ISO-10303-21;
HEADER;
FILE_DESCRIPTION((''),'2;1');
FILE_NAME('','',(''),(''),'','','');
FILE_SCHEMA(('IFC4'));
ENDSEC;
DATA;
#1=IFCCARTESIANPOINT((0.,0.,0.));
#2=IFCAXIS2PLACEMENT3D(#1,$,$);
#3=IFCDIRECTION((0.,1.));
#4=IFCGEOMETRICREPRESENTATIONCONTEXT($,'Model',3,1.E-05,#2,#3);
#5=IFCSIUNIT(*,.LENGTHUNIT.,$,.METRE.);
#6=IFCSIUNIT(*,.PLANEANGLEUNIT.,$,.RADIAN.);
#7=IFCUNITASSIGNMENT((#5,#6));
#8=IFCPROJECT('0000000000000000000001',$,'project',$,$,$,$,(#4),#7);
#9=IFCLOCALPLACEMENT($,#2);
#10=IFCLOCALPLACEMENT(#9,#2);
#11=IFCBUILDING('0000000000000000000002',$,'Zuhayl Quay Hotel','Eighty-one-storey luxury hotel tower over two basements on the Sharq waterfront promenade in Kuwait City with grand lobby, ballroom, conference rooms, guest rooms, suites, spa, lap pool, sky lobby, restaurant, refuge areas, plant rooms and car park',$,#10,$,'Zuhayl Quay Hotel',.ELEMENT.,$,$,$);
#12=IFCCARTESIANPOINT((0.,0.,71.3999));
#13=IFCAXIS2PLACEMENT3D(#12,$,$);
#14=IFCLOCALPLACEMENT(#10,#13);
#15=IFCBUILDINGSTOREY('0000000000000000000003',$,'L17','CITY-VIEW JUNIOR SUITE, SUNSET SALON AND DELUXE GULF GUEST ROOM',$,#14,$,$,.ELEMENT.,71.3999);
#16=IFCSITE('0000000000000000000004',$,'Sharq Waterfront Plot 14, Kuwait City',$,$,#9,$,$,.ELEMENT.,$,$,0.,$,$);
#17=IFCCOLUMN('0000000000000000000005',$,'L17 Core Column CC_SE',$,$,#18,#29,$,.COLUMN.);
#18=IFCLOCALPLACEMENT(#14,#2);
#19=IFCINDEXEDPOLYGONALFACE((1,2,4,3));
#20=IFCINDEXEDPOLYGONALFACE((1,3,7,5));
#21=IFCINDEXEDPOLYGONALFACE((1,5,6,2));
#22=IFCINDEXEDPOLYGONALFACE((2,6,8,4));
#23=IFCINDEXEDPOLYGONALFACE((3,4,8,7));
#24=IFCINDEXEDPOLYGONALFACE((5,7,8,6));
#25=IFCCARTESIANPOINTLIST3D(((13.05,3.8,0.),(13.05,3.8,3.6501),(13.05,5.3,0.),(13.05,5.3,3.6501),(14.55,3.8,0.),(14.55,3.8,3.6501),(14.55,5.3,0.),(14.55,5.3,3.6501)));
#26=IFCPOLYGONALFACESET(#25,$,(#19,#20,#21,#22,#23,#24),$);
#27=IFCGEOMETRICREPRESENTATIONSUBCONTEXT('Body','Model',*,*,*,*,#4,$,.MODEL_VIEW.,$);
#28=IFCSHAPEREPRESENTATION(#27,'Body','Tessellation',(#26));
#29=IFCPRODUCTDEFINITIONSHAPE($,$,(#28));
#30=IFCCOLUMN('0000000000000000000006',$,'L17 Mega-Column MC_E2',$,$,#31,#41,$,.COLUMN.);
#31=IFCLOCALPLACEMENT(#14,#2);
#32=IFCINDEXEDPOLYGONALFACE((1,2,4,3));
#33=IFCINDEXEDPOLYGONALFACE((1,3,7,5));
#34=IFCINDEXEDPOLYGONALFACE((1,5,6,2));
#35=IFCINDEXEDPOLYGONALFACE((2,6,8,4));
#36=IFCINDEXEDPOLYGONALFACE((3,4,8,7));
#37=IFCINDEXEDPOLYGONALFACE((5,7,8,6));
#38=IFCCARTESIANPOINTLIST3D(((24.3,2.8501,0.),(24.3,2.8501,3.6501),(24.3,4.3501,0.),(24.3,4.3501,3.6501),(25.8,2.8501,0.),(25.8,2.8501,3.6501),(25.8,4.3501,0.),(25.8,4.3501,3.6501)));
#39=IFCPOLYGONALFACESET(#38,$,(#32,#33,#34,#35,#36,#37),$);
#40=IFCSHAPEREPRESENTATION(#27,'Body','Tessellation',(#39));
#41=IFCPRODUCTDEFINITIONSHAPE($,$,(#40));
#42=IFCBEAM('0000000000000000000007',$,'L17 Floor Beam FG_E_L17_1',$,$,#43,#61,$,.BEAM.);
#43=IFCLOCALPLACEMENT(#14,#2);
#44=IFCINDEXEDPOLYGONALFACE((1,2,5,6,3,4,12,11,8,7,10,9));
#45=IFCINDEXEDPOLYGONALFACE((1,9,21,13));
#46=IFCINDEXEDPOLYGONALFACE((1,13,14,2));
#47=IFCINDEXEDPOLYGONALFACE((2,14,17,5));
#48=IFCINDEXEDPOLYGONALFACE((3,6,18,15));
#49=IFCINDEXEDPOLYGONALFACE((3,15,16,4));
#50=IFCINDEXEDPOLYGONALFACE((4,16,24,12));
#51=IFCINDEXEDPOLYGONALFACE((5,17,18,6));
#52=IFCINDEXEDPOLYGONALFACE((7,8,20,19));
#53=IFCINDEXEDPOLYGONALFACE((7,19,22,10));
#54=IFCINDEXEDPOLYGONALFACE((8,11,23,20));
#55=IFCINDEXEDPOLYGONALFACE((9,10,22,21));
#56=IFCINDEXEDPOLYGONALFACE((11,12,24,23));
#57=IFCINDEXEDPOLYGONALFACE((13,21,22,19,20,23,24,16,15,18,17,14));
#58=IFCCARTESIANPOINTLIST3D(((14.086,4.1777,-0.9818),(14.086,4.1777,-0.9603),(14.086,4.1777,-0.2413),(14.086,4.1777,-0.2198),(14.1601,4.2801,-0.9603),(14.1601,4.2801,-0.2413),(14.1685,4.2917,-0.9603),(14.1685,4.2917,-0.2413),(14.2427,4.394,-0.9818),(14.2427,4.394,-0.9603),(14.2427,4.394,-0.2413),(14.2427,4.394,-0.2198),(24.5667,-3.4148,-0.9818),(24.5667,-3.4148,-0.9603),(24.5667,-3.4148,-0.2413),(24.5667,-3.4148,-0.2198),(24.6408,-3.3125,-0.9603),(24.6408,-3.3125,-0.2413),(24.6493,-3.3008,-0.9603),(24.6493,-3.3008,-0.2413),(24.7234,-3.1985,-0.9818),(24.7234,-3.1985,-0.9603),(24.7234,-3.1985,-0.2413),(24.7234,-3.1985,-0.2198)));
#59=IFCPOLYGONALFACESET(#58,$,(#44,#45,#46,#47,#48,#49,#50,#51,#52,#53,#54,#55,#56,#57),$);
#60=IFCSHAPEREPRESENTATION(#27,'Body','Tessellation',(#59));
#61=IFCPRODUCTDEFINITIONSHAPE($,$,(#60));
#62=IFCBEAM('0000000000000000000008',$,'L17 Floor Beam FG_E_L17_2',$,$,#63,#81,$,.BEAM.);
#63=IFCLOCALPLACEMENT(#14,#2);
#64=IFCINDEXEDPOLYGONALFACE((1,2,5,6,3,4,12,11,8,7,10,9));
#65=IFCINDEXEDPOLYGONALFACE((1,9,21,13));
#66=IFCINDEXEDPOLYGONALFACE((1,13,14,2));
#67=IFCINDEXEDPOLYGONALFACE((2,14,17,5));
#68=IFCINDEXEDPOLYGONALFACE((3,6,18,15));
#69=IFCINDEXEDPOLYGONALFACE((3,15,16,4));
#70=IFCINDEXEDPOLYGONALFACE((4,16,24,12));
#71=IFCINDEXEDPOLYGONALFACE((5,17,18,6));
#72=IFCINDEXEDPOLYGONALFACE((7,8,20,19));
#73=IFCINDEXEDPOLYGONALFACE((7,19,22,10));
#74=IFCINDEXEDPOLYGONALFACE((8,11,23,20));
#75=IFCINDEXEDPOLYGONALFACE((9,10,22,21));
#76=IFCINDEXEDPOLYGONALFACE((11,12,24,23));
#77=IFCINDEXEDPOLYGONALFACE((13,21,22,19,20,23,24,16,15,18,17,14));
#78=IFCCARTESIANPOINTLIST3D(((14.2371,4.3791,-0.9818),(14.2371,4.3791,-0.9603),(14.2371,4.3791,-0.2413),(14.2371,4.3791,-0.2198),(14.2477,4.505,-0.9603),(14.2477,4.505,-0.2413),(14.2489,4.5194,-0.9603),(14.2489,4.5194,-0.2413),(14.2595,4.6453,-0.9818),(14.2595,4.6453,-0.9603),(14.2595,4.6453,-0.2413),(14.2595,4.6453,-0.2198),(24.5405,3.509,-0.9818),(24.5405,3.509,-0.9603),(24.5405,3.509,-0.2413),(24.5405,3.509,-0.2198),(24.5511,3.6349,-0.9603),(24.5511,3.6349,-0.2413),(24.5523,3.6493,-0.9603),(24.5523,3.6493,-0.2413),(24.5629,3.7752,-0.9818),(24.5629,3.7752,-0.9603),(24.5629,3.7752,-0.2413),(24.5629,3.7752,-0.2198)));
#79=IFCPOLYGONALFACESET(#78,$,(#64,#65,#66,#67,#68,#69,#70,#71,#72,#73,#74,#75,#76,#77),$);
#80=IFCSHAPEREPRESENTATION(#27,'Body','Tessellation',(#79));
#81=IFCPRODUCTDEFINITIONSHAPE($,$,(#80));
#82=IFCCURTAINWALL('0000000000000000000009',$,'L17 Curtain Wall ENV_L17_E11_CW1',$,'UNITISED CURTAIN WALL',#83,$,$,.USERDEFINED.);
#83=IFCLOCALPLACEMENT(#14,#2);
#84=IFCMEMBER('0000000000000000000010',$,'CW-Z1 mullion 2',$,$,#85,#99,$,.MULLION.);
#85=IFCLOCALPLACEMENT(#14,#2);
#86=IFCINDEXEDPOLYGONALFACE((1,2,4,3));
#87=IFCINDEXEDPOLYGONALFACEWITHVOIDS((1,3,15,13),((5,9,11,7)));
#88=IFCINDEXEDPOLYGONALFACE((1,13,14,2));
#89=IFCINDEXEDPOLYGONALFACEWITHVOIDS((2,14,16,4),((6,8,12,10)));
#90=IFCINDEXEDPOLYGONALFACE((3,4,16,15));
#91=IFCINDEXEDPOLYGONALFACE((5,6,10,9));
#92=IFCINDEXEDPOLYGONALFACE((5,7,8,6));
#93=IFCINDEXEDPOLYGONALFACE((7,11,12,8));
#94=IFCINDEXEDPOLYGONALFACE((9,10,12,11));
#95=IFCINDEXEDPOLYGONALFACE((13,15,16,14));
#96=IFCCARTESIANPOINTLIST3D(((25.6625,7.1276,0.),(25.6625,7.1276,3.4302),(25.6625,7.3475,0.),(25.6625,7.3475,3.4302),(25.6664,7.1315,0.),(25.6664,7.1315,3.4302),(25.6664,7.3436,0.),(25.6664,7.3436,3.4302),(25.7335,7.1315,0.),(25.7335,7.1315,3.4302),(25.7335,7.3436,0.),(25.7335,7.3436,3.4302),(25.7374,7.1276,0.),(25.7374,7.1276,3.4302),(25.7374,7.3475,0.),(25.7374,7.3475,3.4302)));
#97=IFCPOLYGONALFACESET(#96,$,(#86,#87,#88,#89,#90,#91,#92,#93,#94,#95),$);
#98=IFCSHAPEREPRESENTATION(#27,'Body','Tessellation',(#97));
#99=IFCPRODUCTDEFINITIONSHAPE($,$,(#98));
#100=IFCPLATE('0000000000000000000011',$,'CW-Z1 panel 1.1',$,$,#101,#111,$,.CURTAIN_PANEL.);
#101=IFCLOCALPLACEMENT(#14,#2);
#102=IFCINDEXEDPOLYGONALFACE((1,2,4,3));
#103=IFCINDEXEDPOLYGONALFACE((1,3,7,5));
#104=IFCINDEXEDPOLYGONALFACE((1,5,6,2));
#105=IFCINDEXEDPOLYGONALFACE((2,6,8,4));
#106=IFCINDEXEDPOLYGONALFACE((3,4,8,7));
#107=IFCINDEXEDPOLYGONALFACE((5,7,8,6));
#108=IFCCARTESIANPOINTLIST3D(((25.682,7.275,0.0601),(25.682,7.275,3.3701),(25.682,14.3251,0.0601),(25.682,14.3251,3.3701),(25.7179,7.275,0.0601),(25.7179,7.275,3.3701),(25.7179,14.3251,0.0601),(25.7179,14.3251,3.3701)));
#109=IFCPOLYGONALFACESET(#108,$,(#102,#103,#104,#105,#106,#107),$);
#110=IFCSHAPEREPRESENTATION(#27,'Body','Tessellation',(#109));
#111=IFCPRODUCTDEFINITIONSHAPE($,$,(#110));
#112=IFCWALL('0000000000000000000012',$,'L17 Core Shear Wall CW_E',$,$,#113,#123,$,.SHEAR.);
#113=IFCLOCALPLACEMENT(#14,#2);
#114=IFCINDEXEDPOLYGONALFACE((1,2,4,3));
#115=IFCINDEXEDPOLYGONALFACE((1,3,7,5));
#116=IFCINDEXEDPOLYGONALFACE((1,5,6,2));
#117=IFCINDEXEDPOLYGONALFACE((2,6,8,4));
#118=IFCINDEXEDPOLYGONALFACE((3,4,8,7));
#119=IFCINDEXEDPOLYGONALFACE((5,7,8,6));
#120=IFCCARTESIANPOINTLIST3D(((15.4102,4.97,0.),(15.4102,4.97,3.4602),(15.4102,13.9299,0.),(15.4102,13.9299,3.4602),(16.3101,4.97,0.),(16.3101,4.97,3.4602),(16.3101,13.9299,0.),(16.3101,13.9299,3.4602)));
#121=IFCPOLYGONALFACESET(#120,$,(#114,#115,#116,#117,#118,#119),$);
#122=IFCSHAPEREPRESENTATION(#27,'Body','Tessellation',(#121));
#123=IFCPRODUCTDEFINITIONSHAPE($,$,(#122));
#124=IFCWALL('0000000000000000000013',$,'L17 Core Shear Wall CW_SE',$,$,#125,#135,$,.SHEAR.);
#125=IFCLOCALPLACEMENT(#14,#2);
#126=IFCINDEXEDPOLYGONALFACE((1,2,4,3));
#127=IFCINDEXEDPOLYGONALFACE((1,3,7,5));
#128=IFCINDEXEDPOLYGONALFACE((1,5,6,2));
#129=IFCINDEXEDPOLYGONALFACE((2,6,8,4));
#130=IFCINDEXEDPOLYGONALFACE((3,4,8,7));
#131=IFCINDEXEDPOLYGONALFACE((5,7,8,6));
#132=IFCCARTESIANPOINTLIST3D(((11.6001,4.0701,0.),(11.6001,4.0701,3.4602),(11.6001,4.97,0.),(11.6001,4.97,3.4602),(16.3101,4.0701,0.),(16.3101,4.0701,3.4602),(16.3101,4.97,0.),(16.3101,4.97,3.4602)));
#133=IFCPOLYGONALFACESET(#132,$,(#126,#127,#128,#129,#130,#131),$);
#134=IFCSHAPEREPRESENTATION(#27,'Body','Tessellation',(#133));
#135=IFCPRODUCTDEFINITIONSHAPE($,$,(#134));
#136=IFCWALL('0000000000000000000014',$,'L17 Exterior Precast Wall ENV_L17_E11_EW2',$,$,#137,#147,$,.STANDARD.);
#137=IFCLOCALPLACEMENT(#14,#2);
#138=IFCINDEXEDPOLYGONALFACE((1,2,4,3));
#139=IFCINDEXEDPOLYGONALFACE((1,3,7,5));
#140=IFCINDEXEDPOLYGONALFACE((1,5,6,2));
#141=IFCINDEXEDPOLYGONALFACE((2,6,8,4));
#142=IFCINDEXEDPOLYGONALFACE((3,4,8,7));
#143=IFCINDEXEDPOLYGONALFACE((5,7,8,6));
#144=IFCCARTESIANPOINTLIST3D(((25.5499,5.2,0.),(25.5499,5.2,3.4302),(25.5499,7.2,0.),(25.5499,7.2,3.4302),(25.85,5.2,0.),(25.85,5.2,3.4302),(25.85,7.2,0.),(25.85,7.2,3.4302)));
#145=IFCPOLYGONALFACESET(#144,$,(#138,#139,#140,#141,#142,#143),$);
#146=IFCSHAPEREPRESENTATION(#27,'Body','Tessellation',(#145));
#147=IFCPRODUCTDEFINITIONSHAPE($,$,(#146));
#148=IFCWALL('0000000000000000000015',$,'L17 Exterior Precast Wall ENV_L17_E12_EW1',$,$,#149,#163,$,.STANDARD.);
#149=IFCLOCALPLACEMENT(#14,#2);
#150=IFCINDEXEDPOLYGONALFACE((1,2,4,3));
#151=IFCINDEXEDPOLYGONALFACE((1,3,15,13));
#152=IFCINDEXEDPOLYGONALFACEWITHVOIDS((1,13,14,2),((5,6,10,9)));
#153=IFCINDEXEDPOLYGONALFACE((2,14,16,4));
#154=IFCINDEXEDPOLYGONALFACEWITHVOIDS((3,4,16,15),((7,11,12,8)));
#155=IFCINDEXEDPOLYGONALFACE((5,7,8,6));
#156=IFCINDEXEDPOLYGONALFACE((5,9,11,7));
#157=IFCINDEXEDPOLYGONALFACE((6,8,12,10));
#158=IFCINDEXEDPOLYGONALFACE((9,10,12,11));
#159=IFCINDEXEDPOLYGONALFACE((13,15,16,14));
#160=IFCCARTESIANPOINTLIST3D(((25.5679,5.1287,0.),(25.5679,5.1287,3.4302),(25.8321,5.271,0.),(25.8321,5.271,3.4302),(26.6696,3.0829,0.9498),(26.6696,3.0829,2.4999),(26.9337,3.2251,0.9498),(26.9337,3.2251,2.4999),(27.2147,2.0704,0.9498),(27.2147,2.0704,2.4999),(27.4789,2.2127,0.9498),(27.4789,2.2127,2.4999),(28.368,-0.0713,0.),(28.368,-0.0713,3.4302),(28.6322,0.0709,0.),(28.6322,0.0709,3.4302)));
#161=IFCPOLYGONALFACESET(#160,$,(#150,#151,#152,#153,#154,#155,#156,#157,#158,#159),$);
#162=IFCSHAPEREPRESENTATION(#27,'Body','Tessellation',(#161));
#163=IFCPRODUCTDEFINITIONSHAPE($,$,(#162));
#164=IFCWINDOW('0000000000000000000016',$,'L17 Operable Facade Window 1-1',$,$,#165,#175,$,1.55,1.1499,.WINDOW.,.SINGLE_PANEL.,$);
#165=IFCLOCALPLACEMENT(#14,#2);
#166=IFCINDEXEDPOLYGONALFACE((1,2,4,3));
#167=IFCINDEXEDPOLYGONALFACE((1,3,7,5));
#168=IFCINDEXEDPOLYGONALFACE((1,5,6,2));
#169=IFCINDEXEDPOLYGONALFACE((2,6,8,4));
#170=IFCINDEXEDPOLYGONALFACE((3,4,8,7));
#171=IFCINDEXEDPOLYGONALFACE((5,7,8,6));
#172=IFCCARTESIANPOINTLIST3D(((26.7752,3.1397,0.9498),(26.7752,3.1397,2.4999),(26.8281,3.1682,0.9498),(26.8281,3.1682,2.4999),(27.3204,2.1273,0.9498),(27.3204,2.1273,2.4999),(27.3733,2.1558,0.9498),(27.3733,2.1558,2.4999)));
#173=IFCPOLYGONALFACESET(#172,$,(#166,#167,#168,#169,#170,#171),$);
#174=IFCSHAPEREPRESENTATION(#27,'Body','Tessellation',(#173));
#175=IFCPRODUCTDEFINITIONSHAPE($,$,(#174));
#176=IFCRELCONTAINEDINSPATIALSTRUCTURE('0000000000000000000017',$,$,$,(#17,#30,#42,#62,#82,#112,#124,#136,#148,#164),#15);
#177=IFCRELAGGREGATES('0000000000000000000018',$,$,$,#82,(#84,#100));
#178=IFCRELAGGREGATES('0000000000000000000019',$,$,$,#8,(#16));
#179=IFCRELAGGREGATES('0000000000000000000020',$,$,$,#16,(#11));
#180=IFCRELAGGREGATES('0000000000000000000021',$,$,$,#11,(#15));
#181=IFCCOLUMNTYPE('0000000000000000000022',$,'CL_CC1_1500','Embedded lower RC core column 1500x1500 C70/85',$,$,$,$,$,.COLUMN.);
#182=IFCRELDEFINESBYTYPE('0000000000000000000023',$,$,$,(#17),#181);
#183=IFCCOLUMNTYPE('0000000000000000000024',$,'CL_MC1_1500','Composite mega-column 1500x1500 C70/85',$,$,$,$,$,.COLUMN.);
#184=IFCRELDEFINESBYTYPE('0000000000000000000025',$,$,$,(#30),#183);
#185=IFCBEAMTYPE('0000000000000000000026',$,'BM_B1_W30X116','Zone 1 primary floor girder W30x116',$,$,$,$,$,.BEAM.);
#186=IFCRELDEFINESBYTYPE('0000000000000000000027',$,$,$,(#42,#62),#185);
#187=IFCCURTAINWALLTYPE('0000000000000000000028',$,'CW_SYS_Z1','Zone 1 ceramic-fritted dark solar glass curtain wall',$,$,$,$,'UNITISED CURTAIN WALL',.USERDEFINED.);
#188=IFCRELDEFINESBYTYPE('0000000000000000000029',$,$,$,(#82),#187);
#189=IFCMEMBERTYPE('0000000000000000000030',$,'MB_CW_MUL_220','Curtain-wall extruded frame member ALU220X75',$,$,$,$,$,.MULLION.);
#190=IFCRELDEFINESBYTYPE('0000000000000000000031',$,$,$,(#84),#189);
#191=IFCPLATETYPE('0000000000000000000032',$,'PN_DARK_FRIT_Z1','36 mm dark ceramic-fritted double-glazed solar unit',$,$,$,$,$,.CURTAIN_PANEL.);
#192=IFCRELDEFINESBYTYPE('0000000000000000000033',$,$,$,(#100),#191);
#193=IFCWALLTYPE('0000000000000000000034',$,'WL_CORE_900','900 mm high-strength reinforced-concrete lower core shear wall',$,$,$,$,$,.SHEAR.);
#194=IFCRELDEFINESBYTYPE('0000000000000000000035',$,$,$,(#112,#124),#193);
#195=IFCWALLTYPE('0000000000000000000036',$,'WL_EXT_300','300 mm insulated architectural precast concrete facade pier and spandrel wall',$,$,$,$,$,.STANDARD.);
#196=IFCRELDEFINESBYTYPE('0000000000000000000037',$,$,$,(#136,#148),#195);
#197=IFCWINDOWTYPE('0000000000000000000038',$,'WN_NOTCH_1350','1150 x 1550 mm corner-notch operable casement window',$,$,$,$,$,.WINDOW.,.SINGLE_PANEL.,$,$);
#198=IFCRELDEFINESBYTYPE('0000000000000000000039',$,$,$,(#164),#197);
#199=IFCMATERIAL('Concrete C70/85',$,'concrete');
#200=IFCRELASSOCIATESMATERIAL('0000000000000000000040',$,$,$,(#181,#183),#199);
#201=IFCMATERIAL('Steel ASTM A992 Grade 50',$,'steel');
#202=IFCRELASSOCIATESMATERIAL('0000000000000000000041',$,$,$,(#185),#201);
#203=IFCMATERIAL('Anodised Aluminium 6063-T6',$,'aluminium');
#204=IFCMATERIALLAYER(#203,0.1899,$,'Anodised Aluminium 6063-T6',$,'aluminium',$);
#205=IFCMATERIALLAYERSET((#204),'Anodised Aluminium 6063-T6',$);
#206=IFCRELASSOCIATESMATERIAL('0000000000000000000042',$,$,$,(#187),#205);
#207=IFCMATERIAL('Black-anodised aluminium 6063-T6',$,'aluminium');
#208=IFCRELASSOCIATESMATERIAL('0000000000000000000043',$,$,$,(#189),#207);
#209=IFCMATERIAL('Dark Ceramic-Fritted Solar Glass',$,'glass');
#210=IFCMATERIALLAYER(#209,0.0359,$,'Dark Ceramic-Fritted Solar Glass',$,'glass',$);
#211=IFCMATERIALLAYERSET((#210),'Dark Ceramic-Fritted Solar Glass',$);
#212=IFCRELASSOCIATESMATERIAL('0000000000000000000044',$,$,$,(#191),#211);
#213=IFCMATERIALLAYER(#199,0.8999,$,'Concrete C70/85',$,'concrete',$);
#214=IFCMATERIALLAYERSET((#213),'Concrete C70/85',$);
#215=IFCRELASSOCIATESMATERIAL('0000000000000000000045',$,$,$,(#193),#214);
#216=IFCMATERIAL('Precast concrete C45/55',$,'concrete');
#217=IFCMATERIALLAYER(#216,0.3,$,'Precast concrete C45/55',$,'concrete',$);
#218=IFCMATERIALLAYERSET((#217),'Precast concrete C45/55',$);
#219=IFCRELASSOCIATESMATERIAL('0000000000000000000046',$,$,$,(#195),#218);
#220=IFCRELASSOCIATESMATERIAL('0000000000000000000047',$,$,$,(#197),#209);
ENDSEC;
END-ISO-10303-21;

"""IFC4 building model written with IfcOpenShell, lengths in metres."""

from ifc_helpers import new_model, si_unit, direction, frame, frame_2d, origin, origin_2d, place, context, subcontext, project, spatial, rectangle, hollow_rectangle, i_section, extrude, material, layer, layer_set, material_profile, profile_set, type_object, element, fill, aggregate, save


model = new_model("IFC4")

# Units and contexts
model_context = context("Model", 3, precision=1e-05, world=origin(), true_north=direction((0.0, 1.0)))
body_context = subcontext(model_context, "Body", "Model", "MODEL_VIEW")
ifc_project = project(units=[si_unit("LENGTHUNIT", "METRE"), si_unit("PLANEANGLEUNIT", "RADIAN")], contexts=[model_context])

# Site, building, storey
site_placement = place(None, origin())
site = spatial("IfcSite", under=ifc_project, at=site_placement, Name="Sharq Waterfront Plot 14, Kuwait City", CompositionType="ELEMENT", RefElevation=0.0)
building_placement = place(site_placement, origin())
building = spatial("IfcBuilding", under=site, at=building_placement, Name="Zuhayl Quay Hotel", Description="Eighty-one-storey luxury hotel tower over two basements on the Sharq waterfront promenade in Kuwait City with grand lobby, ballroom, conference rooms, guest rooms, suites, spa, lap pool, sky lobby, restaurant, refuge areas, plant rooms and car park", LongName="Zuhayl Quay Hotel", CompositionType="ELEMENT")
storey_placement = place(building_placement, frame((0.0, 0.0, 71.3999)))
storey = spatial("IfcBuildingStorey", under=building, at=storey_placement, Name="L17", Description="CITY-VIEW JUNIOR SUITE, SUNSET SALON AND DELUXE GULF GUEST ROOM", CompositionType="ELEMENT", Elevation=71.3999)

# Columns
ifc_material_1 = material(Name="Concrete C70/85", Category="concrete")
ifc_material_profile_1 = material_profile(ifc_material_1, rectangle(XDim=1.5, YDim=1.5, at=origin_2d()), Name="RC1500X1500")
ifc_profile_set_1 = profile_set([ifc_material_profile_1], Name="Concrete C70/85")
column_type_1 = type_object("IfcColumnType", Name="CL_CC1_1500", Description="Embedded lower RC core column 1500x1500 C70/85", PredefinedType="COLUMN", material=ifc_profile_set_1)
column_1_placement = place(storey_placement, frame((13.8, 4.55, 0.0), z_axis=(0.0, 0.0, 1.0), x_axis=(1.0, 0.0, 0.0)))
element("IfcColumn", 1, at=column_1_placement, inside=storey, type_object=column_type_1, Name="L17 Core Column CC_SE", PredefinedType="COLUMN", context=body_context, shape_type="SweptSolid", body=[
    extrude(rectangle(XDim=1.5, YDim=1.5, at=origin_2d()), origin(), (0.0, 0.0, 1.0), 3.6501),
])
ifc_material_profile_2 = material_profile(ifc_material_1, rectangle(XDim=1.5, YDim=1.5, at=origin_2d()), Name="RC1500X1500")
ifc_profile_set_2 = profile_set([ifc_material_profile_2], Name="Concrete C70/85")
column_type_2 = type_object("IfcColumnType", Name="CL_MC1_1500", Description="Composite mega-column 1500x1500 C70/85", PredefinedType="COLUMN", material=ifc_profile_set_2)
column_2_placement = place(storey_placement, frame((25.05, 3.6001, 0.0), z_axis=(0.0, 0.0, 1.0), x_axis=(1.0, 0.0, 0.0)))
element("IfcColumn", 2, at=column_2_placement, inside=storey, type_object=column_type_2, Name="L17 Mega-Column MC_E2", PredefinedType="COLUMN", context=body_context, shape_type="SweptSolid", body=[
    extrude(rectangle(XDim=1.5, YDim=1.5, at=origin_2d()), origin(), (0.0, 0.0, 1.0), 3.6501),
])

# Beams
ifc_material_2 = material(Name="Steel ASTM A992 Grade 50", Category="steel")
ifc_material_profile_3 = material_profile(ifc_material_2, i_section(OverallWidth=0.2671, OverallDepth=0.762, WebThickness=0.0144, FlangeThickness=0.0215, at=origin_2d()), Name="W30X116")
ifc_profile_set_3 = profile_set([ifc_material_profile_3], Name="Steel ASTM A992 Grade 50")
beam_type = type_object("IfcBeamType", Name="BM_B1_W30X116", Description="Zone 1 primary floor girder W30x116", PredefinedType="BEAM", material=ifc_profile_set_3)
beam_1_placement = place(storey_placement, frame((14.1643, 4.2859, -0.6008), z_axis=(0.80983, -0.586664, 0.0), x_axis=(0.586664, 0.80983, 0.0)))
element("IfcBeam", 3, at=beam_1_placement, inside=storey, type_object=beam_type, Name="L17 Floor Beam FG_E_L17_1", PredefinedType="BEAM", context=body_context, shape_type="SweptSolid", body=[
    extrude(i_section(OverallWidth=0.2671, OverallDepth=0.762, WebThickness=0.0144, FlangeThickness=0.0215, at=origin_2d()), origin(), (0.0, 0.0, 1.0), 12.9419),
])
beam_2_placement = place(storey_placement, frame((14.2483, 4.5122, -0.6008), z_axis=(0.996453, -0.084149, 0.0), x_axis=(0.084149, 0.996453, 0.0)))
element("IfcBeam", 4, at=beam_2_placement, inside=storey, type_object=beam_type, Name="L17 Floor Beam FG_E_L17_2", PredefinedType="BEAM", context=body_context, shape_type="SweptSolid", body=[
    extrude(i_section(OverallWidth=0.2671, OverallDepth=0.762, WebThickness=0.0144, FlangeThickness=0.0215, at=origin_2d()), origin(), (0.0, 0.0, 1.0), 10.3401),
])

# Curtain wall, member, plate
ifc_material_3 = material(Name="Anodised Aluminium 6063-T6", Category="aluminium")
ifc_layer_1 = layer(ifc_material_3, 0.1899, Name="Anodised Aluminium 6063-T6", Category="aluminium")
ifc_layer_set_1 = layer_set([ifc_layer_1], Name="Anodised Aluminium 6063-T6")
curtain_wall_type = type_object("IfcCurtainWallType", Name="CW_SYS_Z1", Description="Zone 1 ceramic-fritted dark solar glass curtain wall", ElementType="UNITISED CURTAIN WALL", PredefinedType="USERDEFINED", material=ifc_layer_set_1)
curtain_wall_placement = place(storey_placement, origin())
curtain_wall = element("IfcCurtainWall", 5, at=curtain_wall_placement, inside=storey, type_object=curtain_wall_type, Name="L17 Curtain Wall ENV_L17_E11_CW1", ObjectType="UNITISED CURTAIN WALL", PredefinedType="USERDEFINED")
ifc_material_4 = material(Name="Black-anodised aluminium 6063-T6", Category="aluminium")
ifc_material_profile_4 = material_profile(ifc_material_4, hollow_rectangle(XDim=0.075, YDim=0.22, WallThickness=0.0039, at=origin_2d()), Name="ALU220X75")
ifc_profile_set_4 = profile_set([ifc_material_profile_4], Name="Black-anodised aluminium 6063-T6")
member_type = type_object("IfcMemberType", Name="MB_CW_MUL_220", Description="Curtain-wall extruded frame member ALU220X75", PredefinedType="MULLION", material=ifc_profile_set_4)
member_placement = place(storey_placement, frame((25.7, 7.2375, 0.0), z_axis=(0.0, 0.0, 1.0), x_axis=(1.0, 0.0, 0.0)))
member = element("IfcMember", 6, at=member_placement, type_object=member_type, Name="CW-Z1 mullion 2", PredefinedType="MULLION", context=body_context, shape_type="SweptSolid", body=[
    extrude(hollow_rectangle(XDim=0.075, YDim=0.22, WallThickness=0.0039, at=origin_2d()), origin(), (0.0, 0.0, 1.0), 3.4302),
])
ifc_material_5 = material(Name="Dark Ceramic-Fritted Solar Glass", Category="glass")
ifc_layer_2 = layer(ifc_material_5, 0.0359, Name="Dark Ceramic-Fritted Solar Glass", Category="glass")
ifc_layer_set_2 = layer_set([ifc_layer_2], Name="Dark Ceramic-Fritted Solar Glass")
plate_type = type_object("IfcPlateType", Name="PN_DARK_FRIT_Z1", Description="36 mm dark ceramic-fritted double-glazed solar unit", PredefinedType="CURTAIN_PANEL", material=ifc_layer_set_2)
plate_placement = place(storey_placement, frame((25.7, 10.8, 0.0601), z_axis=(0.0, 0.0, 1.0), x_axis=(0.0, -1.0, 0.0)))
plate = element("IfcPlate", 7, at=plate_placement, type_object=plate_type, Name="CW-Z1 panel 1.1", PredefinedType="CURTAIN_PANEL", context=body_context, shape_type="SweptSolid", body=[
    extrude(rectangle(XDim=7.05, YDim=0.0359, at=origin_2d()), origin(), (0.0, 0.0, 1.0), 3.3101),
])
aggregate(curtain_wall, [member, plate])

# Walls
ifc_layer_3 = layer(ifc_material_1, 0.8999, Name="Concrete C70/85", Category="concrete")
ifc_layer_set_3 = layer_set([ifc_layer_3], Name="Concrete C70/85")
wall_type_1 = type_object("IfcWallType", Name="WL_CORE_900", Description="900 mm high-strength reinforced-concrete lower core shear wall", PredefinedType="SHEAR", material=ifc_layer_set_3)
wall_1_placement = place(storey_placement, frame((15.8601, 4.97, 0.0), z_axis=(0.0, 0.0, 1.0), x_axis=(0.0, 1.0, 0.0)))
element("IfcWall", 8, at=wall_1_placement, inside=storey, type_object=wall_type_1, Name="L17 Core Shear Wall CW_E", PredefinedType="SHEAR", context=body_context, shape_type="SweptSolid", body=[
    extrude(rectangle(XDim=8.96, YDim=0.8999, at=frame_2d((4.48, 0.0))), origin(), (0.0, 0.0, 1.0), 3.4602),
])
wall_2_placement = place(storey_placement, frame((11.6001, 4.52, 0.0), z_axis=(0.0, 0.0, 1.0), x_axis=(1.0, 0.0, 0.0)))
element("IfcWall", 9, at=wall_2_placement, inside=storey, type_object=wall_type_1, Name="L17 Core Shear Wall CW_SE", PredefinedType="SHEAR", context=body_context, shape_type="SweptSolid", body=[
    extrude(rectangle(XDim=4.71, YDim=0.8999, at=frame_2d((2.355, 0.0))), origin(), (0.0, 0.0, 1.0), 3.4602),
])
ifc_material_6 = material(Name="Precast concrete C45/55", Category="concrete")
ifc_layer_4 = layer(ifc_material_6, 0.3, Name="Precast concrete C45/55", Category="concrete")
ifc_layer_set_4 = layer_set([ifc_layer_4], Name="Precast concrete C45/55")
wall_type_2 = type_object("IfcWallType", Name="WL_EXT_300", Description="300 mm insulated architectural precast concrete facade pier and spandrel wall", PredefinedType="STANDARD", material=ifc_layer_set_4)
wall_3_placement = place(storey_placement, frame((25.7, 7.2, 0.0), z_axis=(0.0, 0.0, 1.0), x_axis=(0.0, -1.0, 0.0)))
element("IfcWall", 10, at=wall_3_placement, inside=storey, type_object=wall_type_2, Name="L17 Exterior Precast Wall ENV_L17_E11_EW2", PredefinedType="STANDARD", context=body_context, shape_type="SweptSolid", body=[
    extrude(rectangle(XDim=2.0, YDim=0.3, at=frame_2d((1.0, 0.0))), origin(), (0.0, 0.0, 1.0), 3.4302),
])

# Wall, opening, window
wall_4_placement = place(storey_placement, frame((25.7, 5.2, 0.0), z_axis=(0.0, 0.0, 1.0), x_axis=(0.47411, -0.880466, 0.0)))
wall_4 = element("IfcWall", 11, at=wall_4_placement, inside=storey, type_object=wall_type_2, Name="L17 Exterior Precast Wall ENV_L17_E12_EW1", PredefinedType="STANDARD", context=body_context, shape_type="SweptSolid", body=[
    extrude(rectangle(XDim=5.906, YDim=0.3, at=frame_2d((2.9531, 0.0))), origin(), (0.0, 0.0, 1.0), 3.4302),
])
opening_1_placement = place(wall_4_placement, frame((2.3237, 0.0, 0.95)))
opening_1 = element("IfcOpeningElement", 12, at=opening_1_placement, cuts=wall_4, PredefinedType="OPENING", context=body_context, shape_type="SweptSolid", body=[
    extrude(rectangle(XDim=1.1499, YDim=1.55, at=frame_2d((0.575, 0.7749))), frame((0.0, 0.1599, 0.0), z_axis=(0.0, -1.0, 0.0), x_axis=(1.0, 0.0, 0.0)), (0.0, 0.0, 1.0), 0.3201),
])
window_type = type_object("IfcWindowType", Name="WN_NOTCH_1350", Description="1150 x 1550 mm corner-notch operable casement window", PartitioningType="SINGLE_PANEL", PredefinedType="WINDOW", material=ifc_material_5)
window_placement = place(opening_1_placement, origin())
window = element("IfcWindow", 13, at=window_placement, inside=storey, type_object=window_type, Name="L17 Operable Facade Window 1-1", OverallHeight=1.55, OverallWidth=1.1499, PartitioningType="SINGLE_PANEL", PredefinedType="WINDOW", context=body_context, shape_type="SweptSolid", body=[
    extrude(rectangle(XDim=1.1499, YDim=1.55, at=frame_2d((0.575, 0.7749))), frame((0.0, 0.03, 0.0), z_axis=(0.0, -1.0, 0.0), x_axis=(1.0, 0.0, 0.0)), (0.0, 0.0, 1.0), 0.0601),
])
fill(opening_1, window)

save(model, "model.ifc")
